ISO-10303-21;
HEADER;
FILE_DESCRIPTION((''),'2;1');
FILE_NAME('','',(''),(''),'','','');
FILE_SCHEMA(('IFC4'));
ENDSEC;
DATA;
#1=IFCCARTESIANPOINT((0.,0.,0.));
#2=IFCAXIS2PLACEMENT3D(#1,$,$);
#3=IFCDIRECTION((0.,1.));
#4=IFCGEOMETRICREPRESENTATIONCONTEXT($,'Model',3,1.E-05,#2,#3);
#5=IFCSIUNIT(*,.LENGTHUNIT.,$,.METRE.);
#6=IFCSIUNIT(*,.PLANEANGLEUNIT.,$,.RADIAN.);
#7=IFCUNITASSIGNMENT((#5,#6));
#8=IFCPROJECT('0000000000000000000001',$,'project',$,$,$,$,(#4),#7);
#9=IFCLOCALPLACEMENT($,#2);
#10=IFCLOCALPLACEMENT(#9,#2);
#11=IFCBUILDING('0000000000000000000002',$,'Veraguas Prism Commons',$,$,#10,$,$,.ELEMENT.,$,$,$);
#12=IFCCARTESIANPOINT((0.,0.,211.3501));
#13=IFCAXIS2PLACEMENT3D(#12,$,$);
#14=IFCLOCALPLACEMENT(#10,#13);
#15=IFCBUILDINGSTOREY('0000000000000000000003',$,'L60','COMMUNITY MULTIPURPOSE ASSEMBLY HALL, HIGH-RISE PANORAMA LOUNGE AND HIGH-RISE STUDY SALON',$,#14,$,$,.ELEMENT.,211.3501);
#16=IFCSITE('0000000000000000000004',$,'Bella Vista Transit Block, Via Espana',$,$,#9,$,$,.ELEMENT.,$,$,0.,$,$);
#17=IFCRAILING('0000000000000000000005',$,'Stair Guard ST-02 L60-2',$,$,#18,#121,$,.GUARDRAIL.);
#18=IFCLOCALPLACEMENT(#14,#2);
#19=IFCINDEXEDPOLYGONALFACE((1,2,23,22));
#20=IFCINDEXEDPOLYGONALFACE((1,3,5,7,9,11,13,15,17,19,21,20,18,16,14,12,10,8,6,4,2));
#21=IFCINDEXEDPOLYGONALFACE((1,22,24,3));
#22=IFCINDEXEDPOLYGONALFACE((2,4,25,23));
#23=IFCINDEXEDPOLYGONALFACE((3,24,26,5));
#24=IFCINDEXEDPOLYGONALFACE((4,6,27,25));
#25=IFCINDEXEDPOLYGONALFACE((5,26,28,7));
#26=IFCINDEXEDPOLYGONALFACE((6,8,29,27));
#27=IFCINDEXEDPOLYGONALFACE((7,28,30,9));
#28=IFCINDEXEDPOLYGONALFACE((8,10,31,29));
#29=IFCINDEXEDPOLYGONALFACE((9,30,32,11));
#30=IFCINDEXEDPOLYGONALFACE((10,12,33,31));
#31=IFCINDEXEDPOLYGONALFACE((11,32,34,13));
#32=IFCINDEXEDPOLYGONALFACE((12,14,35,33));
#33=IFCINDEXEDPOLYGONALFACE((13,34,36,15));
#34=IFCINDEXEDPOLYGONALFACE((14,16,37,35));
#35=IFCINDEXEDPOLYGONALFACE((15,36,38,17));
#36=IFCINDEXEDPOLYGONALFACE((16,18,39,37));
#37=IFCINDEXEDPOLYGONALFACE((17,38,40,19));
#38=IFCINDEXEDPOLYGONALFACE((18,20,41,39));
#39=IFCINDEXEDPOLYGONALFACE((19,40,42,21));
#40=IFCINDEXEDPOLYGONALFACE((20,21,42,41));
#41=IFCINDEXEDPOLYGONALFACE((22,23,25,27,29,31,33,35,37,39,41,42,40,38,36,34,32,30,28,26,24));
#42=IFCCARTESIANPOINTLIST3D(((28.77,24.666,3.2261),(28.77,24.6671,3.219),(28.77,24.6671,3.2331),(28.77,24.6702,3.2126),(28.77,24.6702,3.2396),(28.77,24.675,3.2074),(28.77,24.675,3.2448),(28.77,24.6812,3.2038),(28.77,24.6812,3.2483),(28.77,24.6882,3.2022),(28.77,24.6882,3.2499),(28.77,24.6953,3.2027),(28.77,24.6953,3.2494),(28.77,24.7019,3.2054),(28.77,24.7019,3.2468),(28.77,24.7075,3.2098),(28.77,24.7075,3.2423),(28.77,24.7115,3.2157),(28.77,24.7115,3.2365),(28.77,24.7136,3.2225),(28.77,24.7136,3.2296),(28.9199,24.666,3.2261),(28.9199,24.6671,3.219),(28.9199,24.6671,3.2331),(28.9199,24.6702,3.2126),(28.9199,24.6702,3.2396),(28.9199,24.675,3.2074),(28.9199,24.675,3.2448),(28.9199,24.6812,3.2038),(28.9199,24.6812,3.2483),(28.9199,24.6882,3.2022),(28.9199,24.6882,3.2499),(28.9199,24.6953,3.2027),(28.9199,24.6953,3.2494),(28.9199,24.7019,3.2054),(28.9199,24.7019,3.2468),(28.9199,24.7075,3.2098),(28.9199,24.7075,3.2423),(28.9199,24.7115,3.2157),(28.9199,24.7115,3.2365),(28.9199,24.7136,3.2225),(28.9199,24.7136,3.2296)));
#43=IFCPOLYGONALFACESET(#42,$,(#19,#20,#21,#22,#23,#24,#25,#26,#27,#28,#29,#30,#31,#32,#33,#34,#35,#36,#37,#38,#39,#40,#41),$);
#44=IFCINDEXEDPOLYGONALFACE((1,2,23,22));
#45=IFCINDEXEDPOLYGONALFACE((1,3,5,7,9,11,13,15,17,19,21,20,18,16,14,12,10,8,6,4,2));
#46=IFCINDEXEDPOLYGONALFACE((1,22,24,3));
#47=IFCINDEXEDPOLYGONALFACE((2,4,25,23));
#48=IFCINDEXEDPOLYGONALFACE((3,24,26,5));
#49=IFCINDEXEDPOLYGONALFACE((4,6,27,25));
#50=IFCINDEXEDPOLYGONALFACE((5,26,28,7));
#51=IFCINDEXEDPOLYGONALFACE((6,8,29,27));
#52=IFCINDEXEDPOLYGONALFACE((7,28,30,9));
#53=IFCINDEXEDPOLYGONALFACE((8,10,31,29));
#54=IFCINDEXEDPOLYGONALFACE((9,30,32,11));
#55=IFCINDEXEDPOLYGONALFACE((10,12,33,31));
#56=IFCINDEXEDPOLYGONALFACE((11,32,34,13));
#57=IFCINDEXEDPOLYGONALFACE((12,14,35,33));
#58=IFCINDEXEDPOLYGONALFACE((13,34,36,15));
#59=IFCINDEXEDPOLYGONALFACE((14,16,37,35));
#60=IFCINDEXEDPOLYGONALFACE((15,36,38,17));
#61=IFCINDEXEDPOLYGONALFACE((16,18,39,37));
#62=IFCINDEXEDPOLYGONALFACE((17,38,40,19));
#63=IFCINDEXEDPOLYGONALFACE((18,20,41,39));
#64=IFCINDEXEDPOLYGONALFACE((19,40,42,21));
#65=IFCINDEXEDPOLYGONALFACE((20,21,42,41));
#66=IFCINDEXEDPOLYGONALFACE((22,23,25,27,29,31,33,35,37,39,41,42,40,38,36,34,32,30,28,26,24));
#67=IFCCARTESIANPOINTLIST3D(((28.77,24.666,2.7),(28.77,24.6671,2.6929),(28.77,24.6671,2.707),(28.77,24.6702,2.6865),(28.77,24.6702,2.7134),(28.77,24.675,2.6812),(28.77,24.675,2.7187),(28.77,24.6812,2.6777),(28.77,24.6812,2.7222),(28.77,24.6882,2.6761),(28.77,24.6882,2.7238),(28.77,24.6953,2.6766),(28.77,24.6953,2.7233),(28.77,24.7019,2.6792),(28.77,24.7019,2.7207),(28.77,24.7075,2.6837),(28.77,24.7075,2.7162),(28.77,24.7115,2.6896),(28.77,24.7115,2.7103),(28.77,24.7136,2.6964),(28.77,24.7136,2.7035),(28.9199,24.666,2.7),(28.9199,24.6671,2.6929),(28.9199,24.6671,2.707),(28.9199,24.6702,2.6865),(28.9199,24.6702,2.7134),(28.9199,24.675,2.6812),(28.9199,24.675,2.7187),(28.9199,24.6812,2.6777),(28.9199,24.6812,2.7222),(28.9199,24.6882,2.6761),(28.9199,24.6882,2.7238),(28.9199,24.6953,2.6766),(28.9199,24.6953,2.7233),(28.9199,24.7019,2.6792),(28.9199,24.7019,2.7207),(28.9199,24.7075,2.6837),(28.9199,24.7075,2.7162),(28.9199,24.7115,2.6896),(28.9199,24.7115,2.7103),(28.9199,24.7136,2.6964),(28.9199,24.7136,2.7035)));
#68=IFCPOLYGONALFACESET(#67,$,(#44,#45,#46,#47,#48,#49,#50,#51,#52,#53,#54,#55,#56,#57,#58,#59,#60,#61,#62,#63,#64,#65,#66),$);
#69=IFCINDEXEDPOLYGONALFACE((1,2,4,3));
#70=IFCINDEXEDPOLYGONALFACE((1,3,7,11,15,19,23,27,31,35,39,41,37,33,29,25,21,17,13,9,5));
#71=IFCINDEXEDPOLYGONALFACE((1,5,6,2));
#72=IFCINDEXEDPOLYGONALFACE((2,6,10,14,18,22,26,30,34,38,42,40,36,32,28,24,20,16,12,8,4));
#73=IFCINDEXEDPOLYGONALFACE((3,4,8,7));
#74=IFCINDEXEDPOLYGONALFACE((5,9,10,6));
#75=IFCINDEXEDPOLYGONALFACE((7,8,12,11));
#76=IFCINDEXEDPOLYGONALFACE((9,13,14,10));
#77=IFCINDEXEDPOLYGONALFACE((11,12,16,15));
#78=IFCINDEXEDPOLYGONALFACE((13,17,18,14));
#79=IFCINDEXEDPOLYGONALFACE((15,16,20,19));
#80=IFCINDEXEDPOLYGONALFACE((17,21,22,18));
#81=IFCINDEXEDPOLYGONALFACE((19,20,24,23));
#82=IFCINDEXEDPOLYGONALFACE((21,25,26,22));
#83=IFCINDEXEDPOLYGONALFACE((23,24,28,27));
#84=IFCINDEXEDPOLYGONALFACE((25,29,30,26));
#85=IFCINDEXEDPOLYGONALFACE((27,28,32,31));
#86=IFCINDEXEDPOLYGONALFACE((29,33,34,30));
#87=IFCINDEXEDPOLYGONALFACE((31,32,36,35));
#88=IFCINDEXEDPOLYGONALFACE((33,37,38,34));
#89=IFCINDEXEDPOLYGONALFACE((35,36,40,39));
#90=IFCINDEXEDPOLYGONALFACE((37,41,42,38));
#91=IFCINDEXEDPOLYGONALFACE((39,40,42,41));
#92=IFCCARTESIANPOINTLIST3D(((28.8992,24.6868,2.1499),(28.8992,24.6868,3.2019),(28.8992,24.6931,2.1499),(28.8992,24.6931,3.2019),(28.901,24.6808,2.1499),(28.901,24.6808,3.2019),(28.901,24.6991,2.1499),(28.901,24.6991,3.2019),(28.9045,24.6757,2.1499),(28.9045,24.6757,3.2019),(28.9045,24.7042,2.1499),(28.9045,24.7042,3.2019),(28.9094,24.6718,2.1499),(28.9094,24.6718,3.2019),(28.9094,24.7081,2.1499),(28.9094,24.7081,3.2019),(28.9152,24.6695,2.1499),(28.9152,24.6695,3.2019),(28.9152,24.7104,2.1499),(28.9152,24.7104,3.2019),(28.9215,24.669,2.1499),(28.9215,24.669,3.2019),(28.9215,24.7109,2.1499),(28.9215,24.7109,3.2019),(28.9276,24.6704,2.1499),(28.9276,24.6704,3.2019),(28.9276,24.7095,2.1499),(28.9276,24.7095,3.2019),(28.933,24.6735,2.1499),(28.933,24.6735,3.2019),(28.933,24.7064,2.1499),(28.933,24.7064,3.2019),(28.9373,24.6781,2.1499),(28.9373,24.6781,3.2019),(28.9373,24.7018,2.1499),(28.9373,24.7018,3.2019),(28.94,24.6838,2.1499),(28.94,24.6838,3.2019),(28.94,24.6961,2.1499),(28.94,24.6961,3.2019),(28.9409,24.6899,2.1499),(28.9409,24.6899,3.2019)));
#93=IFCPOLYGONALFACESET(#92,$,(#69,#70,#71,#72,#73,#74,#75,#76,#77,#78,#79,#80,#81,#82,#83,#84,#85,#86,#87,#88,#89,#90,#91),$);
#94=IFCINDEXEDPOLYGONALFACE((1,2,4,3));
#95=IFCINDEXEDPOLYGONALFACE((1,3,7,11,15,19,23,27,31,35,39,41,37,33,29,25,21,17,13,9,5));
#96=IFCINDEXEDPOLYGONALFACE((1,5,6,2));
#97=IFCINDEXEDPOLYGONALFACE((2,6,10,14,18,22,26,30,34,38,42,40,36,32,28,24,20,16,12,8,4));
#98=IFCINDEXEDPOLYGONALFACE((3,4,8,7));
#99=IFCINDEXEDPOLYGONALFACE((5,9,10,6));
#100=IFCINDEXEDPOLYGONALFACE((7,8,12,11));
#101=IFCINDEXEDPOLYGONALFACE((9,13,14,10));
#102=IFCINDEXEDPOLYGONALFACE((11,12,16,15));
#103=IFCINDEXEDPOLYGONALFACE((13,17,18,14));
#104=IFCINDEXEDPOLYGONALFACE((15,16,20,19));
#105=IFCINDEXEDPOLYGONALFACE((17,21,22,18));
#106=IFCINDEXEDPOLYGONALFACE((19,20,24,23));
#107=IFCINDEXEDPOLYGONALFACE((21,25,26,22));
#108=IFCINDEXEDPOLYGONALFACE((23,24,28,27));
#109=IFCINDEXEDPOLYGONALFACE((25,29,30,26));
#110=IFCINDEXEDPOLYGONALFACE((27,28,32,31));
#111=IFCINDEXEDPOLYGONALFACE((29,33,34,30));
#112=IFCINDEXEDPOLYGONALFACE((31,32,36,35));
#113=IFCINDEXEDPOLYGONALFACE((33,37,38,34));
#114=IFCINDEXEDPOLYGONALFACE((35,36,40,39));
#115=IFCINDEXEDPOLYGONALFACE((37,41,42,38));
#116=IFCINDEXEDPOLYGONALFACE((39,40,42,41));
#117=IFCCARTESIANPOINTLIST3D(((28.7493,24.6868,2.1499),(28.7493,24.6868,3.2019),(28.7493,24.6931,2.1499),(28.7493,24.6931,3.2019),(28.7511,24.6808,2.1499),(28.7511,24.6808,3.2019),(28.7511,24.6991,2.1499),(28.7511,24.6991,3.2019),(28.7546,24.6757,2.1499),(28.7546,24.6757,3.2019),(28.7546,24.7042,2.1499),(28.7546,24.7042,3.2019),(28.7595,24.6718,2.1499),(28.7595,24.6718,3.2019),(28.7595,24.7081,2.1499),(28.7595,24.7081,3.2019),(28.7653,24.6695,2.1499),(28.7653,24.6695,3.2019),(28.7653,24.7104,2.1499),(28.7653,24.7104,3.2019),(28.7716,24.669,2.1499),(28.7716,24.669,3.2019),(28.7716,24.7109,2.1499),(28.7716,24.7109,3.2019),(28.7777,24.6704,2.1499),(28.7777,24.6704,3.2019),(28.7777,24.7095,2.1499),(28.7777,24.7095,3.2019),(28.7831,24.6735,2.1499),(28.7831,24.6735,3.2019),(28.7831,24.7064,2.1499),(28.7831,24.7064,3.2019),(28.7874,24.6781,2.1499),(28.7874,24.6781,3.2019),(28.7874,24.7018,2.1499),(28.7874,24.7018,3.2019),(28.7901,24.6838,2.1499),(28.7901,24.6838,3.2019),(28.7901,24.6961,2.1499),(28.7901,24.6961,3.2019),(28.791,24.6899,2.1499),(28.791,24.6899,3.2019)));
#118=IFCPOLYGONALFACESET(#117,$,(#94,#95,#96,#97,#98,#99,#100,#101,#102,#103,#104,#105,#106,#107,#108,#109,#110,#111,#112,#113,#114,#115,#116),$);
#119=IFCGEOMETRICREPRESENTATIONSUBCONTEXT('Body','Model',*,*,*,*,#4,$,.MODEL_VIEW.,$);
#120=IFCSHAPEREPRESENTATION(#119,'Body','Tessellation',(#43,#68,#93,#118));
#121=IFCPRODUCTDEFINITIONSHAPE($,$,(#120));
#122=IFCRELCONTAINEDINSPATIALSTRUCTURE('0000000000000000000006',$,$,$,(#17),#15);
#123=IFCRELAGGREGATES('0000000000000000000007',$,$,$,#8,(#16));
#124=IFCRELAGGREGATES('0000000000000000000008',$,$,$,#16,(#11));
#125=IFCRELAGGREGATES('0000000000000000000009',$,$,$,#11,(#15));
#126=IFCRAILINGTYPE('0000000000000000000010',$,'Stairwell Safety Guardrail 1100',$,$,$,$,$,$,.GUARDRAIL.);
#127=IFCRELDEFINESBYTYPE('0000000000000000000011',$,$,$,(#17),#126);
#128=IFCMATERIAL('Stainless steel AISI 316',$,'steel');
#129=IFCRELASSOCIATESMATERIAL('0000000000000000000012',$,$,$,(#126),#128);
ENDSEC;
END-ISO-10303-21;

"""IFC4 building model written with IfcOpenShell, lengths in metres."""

from ifc_helpers import new_model, si_unit, direction, frame, origin, origin_2d, place, context, subcontext, project, spatial, circle, extrude, material, type_object, element, save


model = new_model("IFC4")

# Units and contexts
model_context = context("Model", 3, precision=1e-05, world=origin(), true_north=direction((0.0, 1.0)))
body_context = subcontext(model_context, "Body", "Model", "MODEL_VIEW")
ifc_project = project(units=[si_unit("LENGTHUNIT", "METRE"), si_unit("PLANEANGLEUNIT", "RADIAN")], contexts=[model_context])

# Site, building, storey
site_placement = place(None, origin())
site = spatial("IfcSite", under=ifc_project, at=site_placement, Name="Bella Vista Transit Block, Via Espana", CompositionType="ELEMENT", RefElevation=0.0)
building_placement = place(site_placement, origin())
building = spatial("IfcBuilding", under=site, at=building_placement, Name="Veraguas Prism Commons", CompositionType="ELEMENT")
storey_placement = place(building_placement, frame((0.0, 0.0, 211.3501)))
storey = spatial("IfcBuildingStorey", under=building, at=storey_placement, Name="L60", Description="COMMUNITY MULTIPURPOSE ASSEMBLY HALL, HIGH-RISE PANORAMA LOUNGE AND HIGH-RISE STUDY SALON", CompositionType="ELEMENT", Elevation=211.3501)

# Railing
ifc_material_1 = material(Name="Stainless steel AISI 316", Category="steel")
railing_type_1 = type_object("IfcRailingType", Name="Stairwell Safety Guardrail 1100", PredefinedType="GUARDRAIL", material=ifc_material_1)
railing_1_placement = place(storey_placement, frame((28.9199, 24.6899, 2.1499)))
element("IfcRailing", 1, at=railing_1_placement, inside=storey, type_object=railing_type_1, Name="Stair Guard ST-02 L60-2", PredefinedType="GUARDRAIL", context=body_context, shape_type="SweptSolid", body=[
    extrude(circle(Radius=0.0239, at=origin_2d()), frame((0.0, 0.0, 1.0762), z_axis=(-1.0, 0.0, 0.0), x_axis=(0.0, -1.0, 0.0)), (0.0, 0.0, 1.0), 0.1499),
    extrude(circle(Radius=0.0239, at=origin_2d()), frame((0.0, 0.0, 0.55), z_axis=(-1.0, 0.0, 0.0), x_axis=(0.0, -1.0, 0.0)), (0.0, 0.0, 1.0), 0.1499),
    extrude(circle(Radius=0.021, at=origin_2d()), origin(), (0.0, 0.0, 1.0), 1.052),
    extrude(circle(Radius=0.021, at=origin_2d()), frame((-0.1499, 0.0, 0.0)), (0.0, 0.0, 1.0), 1.052),
])

save(model, "model.ifc")
